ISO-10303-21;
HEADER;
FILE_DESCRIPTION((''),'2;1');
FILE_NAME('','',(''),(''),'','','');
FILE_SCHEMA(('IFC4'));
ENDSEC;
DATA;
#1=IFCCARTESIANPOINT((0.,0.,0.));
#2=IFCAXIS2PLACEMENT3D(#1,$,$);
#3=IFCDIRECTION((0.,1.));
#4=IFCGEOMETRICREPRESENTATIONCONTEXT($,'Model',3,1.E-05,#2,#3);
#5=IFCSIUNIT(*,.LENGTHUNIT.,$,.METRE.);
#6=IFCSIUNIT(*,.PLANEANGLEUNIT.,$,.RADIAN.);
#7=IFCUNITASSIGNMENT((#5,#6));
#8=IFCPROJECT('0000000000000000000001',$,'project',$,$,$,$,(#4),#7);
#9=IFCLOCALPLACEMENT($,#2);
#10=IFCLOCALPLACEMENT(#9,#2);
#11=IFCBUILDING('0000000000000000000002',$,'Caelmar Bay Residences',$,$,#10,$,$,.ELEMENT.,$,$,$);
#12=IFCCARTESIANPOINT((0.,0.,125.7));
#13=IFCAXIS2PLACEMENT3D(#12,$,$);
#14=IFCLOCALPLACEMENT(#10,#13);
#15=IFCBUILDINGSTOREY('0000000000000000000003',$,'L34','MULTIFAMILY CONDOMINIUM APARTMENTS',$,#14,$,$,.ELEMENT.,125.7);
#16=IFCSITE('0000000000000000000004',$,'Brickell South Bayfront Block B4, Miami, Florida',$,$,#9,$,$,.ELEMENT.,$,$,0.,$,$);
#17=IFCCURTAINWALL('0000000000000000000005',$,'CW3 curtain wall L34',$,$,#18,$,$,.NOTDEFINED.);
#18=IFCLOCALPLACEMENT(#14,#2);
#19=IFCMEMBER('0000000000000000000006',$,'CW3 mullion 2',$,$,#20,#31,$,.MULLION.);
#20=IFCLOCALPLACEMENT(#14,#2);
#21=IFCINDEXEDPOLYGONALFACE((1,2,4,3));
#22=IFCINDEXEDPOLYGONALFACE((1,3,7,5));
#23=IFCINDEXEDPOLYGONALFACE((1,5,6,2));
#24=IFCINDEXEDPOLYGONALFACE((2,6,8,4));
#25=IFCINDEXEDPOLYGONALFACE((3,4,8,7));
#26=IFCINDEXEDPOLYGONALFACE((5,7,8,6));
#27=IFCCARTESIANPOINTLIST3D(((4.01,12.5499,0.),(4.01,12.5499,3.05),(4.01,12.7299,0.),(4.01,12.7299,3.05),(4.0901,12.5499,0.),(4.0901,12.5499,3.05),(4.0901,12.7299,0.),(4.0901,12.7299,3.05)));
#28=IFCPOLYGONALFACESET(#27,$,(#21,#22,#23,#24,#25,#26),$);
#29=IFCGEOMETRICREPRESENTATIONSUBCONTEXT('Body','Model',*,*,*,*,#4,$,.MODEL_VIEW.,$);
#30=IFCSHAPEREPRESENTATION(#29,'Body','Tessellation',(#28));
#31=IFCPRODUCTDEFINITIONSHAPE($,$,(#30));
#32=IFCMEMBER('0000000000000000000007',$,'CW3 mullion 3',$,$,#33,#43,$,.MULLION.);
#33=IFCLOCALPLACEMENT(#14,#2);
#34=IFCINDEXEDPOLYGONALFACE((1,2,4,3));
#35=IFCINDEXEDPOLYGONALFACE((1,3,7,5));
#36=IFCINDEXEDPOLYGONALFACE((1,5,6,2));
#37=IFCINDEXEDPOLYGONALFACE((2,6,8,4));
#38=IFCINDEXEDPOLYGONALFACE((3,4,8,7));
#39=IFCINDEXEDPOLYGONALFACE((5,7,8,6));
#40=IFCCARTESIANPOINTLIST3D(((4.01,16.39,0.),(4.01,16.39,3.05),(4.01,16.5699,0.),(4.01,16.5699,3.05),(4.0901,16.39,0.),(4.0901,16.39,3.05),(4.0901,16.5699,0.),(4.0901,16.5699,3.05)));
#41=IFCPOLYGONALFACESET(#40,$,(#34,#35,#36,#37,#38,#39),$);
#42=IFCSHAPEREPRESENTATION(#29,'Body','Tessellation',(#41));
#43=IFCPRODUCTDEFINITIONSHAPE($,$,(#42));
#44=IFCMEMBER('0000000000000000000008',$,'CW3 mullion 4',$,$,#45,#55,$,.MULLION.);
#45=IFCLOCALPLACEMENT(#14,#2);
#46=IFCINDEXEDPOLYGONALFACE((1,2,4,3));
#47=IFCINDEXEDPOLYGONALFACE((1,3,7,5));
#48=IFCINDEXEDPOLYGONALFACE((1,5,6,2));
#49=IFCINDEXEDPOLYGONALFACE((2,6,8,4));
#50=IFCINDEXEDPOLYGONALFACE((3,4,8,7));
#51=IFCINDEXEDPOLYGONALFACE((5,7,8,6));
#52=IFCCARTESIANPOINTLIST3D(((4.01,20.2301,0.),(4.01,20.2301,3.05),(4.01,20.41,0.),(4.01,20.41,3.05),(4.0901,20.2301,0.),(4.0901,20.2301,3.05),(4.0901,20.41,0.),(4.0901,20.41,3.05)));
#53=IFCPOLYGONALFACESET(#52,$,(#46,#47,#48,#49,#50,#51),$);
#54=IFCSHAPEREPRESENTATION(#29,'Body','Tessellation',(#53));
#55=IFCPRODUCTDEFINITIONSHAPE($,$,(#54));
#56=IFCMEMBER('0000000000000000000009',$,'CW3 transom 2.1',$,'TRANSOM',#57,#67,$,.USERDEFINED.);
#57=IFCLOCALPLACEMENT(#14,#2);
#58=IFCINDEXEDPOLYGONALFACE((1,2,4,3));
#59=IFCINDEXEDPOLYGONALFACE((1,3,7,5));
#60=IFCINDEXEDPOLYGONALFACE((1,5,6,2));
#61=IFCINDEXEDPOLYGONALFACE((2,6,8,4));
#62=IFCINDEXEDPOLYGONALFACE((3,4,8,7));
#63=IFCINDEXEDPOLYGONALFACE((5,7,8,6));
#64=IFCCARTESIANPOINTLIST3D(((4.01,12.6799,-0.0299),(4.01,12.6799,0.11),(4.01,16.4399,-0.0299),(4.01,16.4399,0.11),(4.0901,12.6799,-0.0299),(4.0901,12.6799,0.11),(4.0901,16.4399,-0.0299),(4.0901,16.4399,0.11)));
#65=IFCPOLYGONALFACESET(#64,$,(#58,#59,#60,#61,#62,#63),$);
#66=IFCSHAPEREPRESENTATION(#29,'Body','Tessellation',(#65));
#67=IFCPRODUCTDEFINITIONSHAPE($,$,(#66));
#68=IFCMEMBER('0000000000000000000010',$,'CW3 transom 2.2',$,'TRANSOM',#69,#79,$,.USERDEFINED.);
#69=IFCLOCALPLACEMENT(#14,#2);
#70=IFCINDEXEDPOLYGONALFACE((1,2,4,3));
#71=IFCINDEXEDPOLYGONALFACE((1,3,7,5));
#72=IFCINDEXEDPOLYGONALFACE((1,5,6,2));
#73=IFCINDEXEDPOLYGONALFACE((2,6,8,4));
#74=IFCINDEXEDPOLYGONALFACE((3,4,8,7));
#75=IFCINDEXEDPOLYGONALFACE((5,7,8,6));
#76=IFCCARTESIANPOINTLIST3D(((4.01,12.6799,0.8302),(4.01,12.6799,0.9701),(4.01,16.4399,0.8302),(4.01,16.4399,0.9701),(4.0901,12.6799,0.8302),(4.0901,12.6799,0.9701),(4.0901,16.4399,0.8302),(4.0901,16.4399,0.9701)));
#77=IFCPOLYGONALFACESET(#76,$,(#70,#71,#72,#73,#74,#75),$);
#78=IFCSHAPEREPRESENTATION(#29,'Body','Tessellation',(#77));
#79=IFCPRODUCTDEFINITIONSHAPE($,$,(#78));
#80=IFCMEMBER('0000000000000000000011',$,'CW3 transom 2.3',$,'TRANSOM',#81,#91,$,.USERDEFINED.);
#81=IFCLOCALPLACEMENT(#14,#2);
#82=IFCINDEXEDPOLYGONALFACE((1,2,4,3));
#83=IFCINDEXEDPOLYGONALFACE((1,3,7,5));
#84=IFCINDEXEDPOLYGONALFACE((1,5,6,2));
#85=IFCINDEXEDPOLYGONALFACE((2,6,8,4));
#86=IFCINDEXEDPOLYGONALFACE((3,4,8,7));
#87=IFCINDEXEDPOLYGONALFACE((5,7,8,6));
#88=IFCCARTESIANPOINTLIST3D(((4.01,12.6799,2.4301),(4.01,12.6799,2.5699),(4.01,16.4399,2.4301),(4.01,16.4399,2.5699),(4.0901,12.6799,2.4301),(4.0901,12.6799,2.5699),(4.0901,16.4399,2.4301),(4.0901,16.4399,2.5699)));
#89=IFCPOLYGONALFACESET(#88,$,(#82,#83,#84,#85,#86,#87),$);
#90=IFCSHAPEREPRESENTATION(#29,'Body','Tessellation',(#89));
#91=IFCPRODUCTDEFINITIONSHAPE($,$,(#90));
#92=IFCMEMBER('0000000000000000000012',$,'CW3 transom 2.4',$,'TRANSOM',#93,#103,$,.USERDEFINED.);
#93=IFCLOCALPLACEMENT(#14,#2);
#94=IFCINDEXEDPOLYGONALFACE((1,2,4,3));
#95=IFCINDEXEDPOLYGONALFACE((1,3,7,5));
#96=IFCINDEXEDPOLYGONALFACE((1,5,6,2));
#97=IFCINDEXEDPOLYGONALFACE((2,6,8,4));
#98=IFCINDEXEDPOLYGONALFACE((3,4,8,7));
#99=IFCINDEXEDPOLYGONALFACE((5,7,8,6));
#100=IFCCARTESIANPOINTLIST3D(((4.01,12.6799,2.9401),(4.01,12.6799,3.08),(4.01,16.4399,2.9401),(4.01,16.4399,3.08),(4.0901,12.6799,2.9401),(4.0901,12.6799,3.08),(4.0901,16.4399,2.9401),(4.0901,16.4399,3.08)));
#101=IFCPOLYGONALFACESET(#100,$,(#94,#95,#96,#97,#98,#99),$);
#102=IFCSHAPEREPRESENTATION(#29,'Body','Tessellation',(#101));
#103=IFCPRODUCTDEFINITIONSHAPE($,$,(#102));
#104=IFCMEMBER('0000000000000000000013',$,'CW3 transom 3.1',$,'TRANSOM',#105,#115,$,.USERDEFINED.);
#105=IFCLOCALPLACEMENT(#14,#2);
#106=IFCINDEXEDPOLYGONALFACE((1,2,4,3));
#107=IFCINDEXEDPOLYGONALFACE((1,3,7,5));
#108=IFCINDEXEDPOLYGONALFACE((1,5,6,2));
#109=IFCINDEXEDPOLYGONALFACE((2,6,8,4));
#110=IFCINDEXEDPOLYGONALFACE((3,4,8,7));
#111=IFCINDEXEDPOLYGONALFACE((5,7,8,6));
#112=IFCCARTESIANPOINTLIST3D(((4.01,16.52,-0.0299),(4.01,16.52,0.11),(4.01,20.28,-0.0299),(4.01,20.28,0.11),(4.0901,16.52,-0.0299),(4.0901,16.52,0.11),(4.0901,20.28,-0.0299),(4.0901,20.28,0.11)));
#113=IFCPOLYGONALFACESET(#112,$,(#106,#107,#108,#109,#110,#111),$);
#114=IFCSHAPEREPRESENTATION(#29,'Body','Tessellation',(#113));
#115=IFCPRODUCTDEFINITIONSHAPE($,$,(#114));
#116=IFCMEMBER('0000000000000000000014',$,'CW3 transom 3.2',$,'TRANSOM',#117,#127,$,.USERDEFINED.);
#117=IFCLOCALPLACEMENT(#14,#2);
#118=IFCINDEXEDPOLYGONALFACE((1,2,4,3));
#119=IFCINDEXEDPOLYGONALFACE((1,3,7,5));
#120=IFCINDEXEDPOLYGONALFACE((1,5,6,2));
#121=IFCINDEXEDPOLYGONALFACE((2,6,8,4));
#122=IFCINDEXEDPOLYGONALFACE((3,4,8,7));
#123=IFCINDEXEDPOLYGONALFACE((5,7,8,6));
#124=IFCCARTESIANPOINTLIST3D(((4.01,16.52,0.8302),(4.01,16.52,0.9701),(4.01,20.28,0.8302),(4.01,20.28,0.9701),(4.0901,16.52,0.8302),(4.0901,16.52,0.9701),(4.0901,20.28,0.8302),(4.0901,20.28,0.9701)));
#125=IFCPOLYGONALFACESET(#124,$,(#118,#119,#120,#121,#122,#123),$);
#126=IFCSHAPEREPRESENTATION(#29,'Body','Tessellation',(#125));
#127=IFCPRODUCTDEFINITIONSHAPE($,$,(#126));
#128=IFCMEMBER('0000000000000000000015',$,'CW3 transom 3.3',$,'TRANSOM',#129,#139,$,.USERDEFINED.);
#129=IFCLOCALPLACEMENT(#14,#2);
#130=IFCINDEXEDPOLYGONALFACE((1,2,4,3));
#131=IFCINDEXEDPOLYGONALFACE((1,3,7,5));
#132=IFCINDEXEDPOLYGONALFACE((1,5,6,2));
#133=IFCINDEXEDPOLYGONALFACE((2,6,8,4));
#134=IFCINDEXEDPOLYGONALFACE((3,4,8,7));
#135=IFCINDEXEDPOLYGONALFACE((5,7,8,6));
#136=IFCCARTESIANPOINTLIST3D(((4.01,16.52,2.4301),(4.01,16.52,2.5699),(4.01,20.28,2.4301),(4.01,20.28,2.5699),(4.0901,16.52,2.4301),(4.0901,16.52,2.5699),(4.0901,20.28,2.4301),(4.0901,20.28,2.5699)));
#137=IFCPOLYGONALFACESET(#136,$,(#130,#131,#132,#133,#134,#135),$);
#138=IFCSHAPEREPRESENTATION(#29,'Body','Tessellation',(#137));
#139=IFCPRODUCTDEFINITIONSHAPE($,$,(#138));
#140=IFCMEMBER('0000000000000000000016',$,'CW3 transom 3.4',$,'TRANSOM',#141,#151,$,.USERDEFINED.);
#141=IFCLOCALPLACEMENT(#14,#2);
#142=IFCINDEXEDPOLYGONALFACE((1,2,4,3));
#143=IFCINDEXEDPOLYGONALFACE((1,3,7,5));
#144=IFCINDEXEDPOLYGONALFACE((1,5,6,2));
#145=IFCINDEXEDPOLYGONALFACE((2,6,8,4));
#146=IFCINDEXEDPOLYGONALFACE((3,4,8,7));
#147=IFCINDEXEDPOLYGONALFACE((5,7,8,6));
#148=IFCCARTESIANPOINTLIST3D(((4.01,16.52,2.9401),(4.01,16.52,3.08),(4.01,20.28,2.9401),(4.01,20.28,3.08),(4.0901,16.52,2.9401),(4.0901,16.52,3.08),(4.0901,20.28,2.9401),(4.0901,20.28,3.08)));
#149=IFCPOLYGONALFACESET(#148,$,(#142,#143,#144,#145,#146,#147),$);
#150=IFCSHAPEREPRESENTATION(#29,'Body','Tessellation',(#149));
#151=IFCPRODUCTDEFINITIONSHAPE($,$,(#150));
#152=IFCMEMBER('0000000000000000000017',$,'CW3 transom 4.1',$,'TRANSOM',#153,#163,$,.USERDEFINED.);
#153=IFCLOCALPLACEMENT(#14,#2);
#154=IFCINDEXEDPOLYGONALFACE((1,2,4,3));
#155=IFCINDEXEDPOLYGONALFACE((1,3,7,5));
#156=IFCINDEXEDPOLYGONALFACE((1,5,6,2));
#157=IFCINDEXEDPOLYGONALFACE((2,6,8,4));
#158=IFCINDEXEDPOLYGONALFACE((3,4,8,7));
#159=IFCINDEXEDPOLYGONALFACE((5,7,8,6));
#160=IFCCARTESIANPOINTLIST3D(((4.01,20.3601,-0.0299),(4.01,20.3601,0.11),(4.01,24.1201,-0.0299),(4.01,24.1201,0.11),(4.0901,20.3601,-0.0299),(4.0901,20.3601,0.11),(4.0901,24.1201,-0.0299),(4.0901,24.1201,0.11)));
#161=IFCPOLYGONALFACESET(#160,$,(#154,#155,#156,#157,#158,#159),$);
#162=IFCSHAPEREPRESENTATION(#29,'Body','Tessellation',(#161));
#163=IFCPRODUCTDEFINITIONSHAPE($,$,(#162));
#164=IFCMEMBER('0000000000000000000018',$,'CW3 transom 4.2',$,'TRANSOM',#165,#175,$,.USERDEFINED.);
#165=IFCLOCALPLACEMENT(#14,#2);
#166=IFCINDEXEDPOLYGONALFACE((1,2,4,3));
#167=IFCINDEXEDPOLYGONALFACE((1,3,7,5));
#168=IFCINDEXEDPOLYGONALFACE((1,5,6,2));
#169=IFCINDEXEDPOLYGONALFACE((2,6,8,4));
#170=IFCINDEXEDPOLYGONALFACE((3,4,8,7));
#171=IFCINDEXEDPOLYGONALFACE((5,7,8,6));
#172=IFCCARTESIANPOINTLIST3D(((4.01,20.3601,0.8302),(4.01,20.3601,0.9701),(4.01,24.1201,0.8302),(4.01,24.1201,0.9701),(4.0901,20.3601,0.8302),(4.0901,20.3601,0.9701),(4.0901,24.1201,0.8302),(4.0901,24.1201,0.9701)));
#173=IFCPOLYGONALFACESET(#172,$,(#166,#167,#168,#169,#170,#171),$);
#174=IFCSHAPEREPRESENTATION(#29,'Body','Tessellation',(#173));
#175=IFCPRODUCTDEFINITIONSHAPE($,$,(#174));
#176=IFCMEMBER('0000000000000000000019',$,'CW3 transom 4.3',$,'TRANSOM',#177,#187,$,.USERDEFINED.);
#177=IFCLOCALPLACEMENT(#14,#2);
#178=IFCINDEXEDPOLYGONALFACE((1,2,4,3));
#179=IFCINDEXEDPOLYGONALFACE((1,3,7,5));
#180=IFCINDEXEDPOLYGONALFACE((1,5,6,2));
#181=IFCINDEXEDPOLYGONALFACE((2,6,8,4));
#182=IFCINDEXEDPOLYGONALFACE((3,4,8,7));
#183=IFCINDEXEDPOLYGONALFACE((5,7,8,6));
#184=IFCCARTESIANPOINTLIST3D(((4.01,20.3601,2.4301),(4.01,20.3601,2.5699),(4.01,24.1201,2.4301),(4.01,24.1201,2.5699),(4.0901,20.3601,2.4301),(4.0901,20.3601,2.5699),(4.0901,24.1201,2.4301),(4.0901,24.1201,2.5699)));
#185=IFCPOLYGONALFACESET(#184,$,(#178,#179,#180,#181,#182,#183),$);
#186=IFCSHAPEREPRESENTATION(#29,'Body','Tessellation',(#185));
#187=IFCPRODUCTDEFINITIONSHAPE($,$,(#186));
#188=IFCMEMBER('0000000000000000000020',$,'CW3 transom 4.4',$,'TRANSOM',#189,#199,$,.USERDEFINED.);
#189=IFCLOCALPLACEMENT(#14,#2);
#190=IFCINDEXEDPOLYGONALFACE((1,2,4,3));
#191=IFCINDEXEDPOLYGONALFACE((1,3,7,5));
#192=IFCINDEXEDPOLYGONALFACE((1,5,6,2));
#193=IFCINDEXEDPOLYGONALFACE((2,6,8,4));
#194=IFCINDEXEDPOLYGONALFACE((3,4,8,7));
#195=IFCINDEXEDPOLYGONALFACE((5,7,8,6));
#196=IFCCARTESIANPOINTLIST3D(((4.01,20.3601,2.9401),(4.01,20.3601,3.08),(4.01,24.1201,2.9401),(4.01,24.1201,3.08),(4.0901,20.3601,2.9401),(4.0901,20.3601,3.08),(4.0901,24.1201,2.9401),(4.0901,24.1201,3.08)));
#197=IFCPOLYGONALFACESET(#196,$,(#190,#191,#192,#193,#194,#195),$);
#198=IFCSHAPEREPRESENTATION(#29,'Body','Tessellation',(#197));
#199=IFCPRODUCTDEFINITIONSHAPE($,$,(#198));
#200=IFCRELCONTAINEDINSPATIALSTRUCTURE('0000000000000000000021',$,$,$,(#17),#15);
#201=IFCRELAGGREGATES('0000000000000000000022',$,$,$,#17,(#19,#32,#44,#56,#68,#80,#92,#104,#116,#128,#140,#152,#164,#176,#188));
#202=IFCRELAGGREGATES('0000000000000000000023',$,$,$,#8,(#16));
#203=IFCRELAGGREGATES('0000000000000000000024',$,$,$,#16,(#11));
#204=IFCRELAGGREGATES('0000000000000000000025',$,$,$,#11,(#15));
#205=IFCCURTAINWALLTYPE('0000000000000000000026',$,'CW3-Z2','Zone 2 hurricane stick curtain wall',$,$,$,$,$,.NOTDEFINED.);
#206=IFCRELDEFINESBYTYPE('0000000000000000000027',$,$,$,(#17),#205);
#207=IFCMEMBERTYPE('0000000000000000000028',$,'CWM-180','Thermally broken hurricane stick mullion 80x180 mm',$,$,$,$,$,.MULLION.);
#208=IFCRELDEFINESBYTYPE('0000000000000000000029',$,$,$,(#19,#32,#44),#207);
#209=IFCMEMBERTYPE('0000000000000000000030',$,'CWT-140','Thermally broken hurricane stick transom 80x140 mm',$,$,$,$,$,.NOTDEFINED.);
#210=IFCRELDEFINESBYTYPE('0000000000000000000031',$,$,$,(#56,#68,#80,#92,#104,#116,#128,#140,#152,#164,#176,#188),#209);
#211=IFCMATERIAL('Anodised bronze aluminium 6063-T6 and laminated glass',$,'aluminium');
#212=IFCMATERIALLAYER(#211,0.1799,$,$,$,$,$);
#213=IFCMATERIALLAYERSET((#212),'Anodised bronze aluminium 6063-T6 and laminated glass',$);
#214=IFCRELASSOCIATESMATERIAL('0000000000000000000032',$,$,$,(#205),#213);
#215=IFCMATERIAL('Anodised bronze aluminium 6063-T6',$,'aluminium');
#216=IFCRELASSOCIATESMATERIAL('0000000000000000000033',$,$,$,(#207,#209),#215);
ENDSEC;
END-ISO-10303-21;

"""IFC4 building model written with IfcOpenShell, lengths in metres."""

from ifc_helpers import new_model, si_unit, direction, frame, origin, origin_2d, place, context, subcontext, project, spatial, rectangle, extrude, material, layer, layer_set, material_profile, profile_set, type_object, element, aggregate, save


model = new_model("IFC4")

# Units and contexts
model_context = context("Model", 3, precision=1e-05, world=origin(), true_north=direction((0.0, 1.0)))
body_context = subcontext(model_context, "Body", "Model", "MODEL_VIEW")
ifc_project = project(units=[si_unit("LENGTHUNIT", "METRE"), si_unit("PLANEANGLEUNIT", "RADIAN")], contexts=[model_context])

# Site, building, storey
site_placement = place(None, origin())
site = spatial("IfcSite", under=ifc_project, at=site_placement, Name="Brickell South Bayfront Block B4, Miami, Florida", CompositionType="ELEMENT", RefElevation=0.0)
building_placement = place(site_placement, origin())
building = spatial("IfcBuilding", under=site, at=building_placement, Name="Caelmar Bay Residences", CompositionType="ELEMENT")
storey_placement = place(building_placement, frame((0.0, 0.0, 125.7)))
storey = spatial("IfcBuildingStorey", under=building, at=storey_placement, Name="L34", Description="MULTIFAMILY CONDOMINIUM APARTMENTS", CompositionType="ELEMENT", Elevation=125.7)

# Curtain wall, members
ifc_material_1 = material(Name="Anodised bronze aluminium 6063-T6 and laminated glass", Category="aluminium")
ifc_layer_1 = layer(ifc_material_1, 0.1799)
ifc_layer_set_1 = layer_set([ifc_layer_1], Name="Anodised bronze aluminium 6063-T6 and laminated glass")
curtain_wall_type = type_object("IfcCurtainWallType", Name="CW3-Z2", Description="Zone 2 hurricane stick curtain wall", PredefinedType="NOTDEFINED", material=ifc_layer_set_1)
curtain_wall_placement = place(storey_placement, origin())
curtain_wall = element("IfcCurtainWall", 1, at=curtain_wall_placement, inside=storey, type_object=curtain_wall_type, Name="CW3 curtain wall L34", PredefinedType="NOTDEFINED")
ifc_material_2 = material(Name="Anodised bronze aluminium 6063-T6", Category="aluminium")
ifc_material_profile_1 = material_profile(ifc_material_2, rectangle(XDim=0.0801, YDim=0.1799, at=origin_2d()), Name="CWM-80X180")
ifc_profile_set_1 = profile_set([ifc_material_profile_1], Name="Anodised bronze aluminium 6063-T6")
member_type_1 = type_object("IfcMemberType", Name="CWM-180", Description="Thermally broken hurricane stick mullion 80x180 mm", PredefinedType="MULLION", material=ifc_profile_set_1)
member_1_placement = place(storey_placement, frame((4.05, 12.6399, 0.0), z_axis=(0.0, 0.0, 1.0), x_axis=(-1.0, 0.0, 0.0)))
member_1 = element("IfcMember", 2, at=member_1_placement, type_object=member_type_1, Name="CW3 mullion 2", PredefinedType="MULLION", context=body_context, shape_type="SweptSolid", body=[
    extrude(rectangle(XDim=0.0801, YDim=0.1799, at=origin_2d()), origin(), (0.0, 0.0, 1.0), 3.05),
])
member_2_placement = place(storey_placement, frame((4.05, 16.48, 0.0), z_axis=(0.0, 0.0, 1.0), x_axis=(-1.0, 0.0, 0.0)))
member_2 = element("IfcMember", 3, at=member_2_placement, type_object=member_type_1, Name="CW3 mullion 3", PredefinedType="MULLION", context=body_context, shape_type="SweptSolid", body=[
    extrude(rectangle(XDim=0.0801, YDim=0.1799, at=origin_2d()), origin(), (0.0, 0.0, 1.0), 3.05),
])
member_3_placement = place(storey_placement, frame((4.05, 20.3201, 0.0), z_axis=(0.0, 0.0, 1.0), x_axis=(-1.0, 0.0, 0.0)))
member_3 = element("IfcMember", 4, at=member_3_placement, type_object=member_type_1, Name="CW3 mullion 4", PredefinedType="MULLION", context=body_context, shape_type="SweptSolid", body=[
    extrude(rectangle(XDim=0.0801, YDim=0.1799, at=origin_2d()), origin(), (0.0, 0.0, 1.0), 3.05),
])
ifc_material_profile_2 = material_profile(ifc_material_2, rectangle(XDim=0.0801, YDim=0.1399, at=origin_2d()), Name="CWT-80X140")
ifc_profile_set_2 = profile_set([ifc_material_profile_2], Name="Anodised bronze aluminium 6063-T6")
member_type_2 = type_object("IfcMemberType", Name="CWT-140", Description="Thermally broken hurricane stick transom 80x140 mm", PredefinedType="NOTDEFINED", material=ifc_profile_set_2)
member_4_placement = place(storey_placement, frame((4.05, 12.6799, 0.04), z_axis=(0.0, 1.0, 0.0), x_axis=(-1.0, 0.0, 0.0)))
member_4 = element("IfcMember", 5, at=member_4_placement, type_object=member_type_2, Name="CW3 transom 2.1", ObjectType="TRANSOM", PredefinedType="USERDEFINED", context=body_context, shape_type="SweptSolid", body=[
    extrude(rectangle(XDim=0.0801, YDim=0.1399, at=origin_2d()), origin(), (0.0, 0.0, 1.0), 3.76),
])
member_5_placement = place(storey_placement, frame((4.05, 12.6799, 0.9001), z_axis=(0.0, 1.0, 0.0), x_axis=(-1.0, 0.0, 0.0)))
member_5 = element("IfcMember", 6, at=member_5_placement, type_object=member_type_2, Name="CW3 transom 2.2", ObjectType="TRANSOM", PredefinedType="USERDEFINED", context=body_context, shape_type="SweptSolid", body=[
    extrude(rectangle(XDim=0.0801, YDim=0.1399, at=origin_2d()), origin(), (0.0, 0.0, 1.0), 3.76),
])
member_6_placement = place(storey_placement, frame((4.05, 12.6799, 2.5), z_axis=(0.0, 1.0, 0.0), x_axis=(-1.0, 0.0, 0.0)))
member_6 = element("IfcMember", 7, at=member_6_placement, type_object=member_type_2, Name="CW3 transom 2.3", ObjectType="TRANSOM", PredefinedType="USERDEFINED", context=body_context, shape_type="SweptSolid", body=[
    extrude(rectangle(XDim=0.0801, YDim=0.1399, at=origin_2d()), origin(), (0.0, 0.0, 1.0), 3.76),
])
member_7_placement = place(storey_placement, frame((4.05, 12.6799, 3.01), z_axis=(0.0, 1.0, 0.0), x_axis=(-1.0, 0.0, 0.0)))
member_7 = element("IfcMember", 8, at=member_7_placement, type_object=member_type_2, Name="CW3 transom 2.4", ObjectType="TRANSOM", PredefinedType="USERDEFINED", context=body_context, shape_type="SweptSolid", body=[
    extrude(rectangle(XDim=0.0801, YDim=0.1399, at=origin_2d()), origin(), (0.0, 0.0, 1.0), 3.76),
])
member_8_placement = place(storey_placement, frame((4.05, 16.52, 0.04), z_axis=(0.0, 1.0, 0.0), x_axis=(-1.0, 0.0, 0.0)))
member_8 = element("IfcMember", 9, at=member_8_placement, type_object=member_type_2, Name="CW3 transom 3.1", ObjectType="TRANSOM", PredefinedType="USERDEFINED", context=body_context, shape_type="SweptSolid", body=[
    extrude(rectangle(XDim=0.0801, YDim=0.1399, at=origin_2d()), origin(), (0.0, 0.0, 1.0), 3.76),
])
member_9_placement = place(storey_placement, frame((4.05, 16.52, 0.9001), z_axis=(0.0, 1.0, 0.0), x_axis=(-1.0, 0.0, 0.0)))
member_9 = element("IfcMember", 10, at=member_9_placement, type_object=member_type_2, Name="CW3 transom 3.2", ObjectType="TRANSOM", PredefinedType="USERDEFINED", context=body_context, shape_type="SweptSolid", body=[
    extrude(rectangle(XDim=0.0801, YDim=0.1399, at=origin_2d()), origin(), (0.0, 0.0, 1.0), 3.76),
])
member_10_placement = place(storey_placement, frame((4.05, 16.52, 2.5), z_axis=(0.0, 1.0, 0.0), x_axis=(-1.0, 0.0, 0.0)))
member_10 = element("IfcMember", 11, at=member_10_placement, type_object=member_type_2, Name="CW3 transom 3.3", ObjectType="TRANSOM", PredefinedType="USERDEFINED", context=body_context, shape_type="SweptSolid", body=[
    extrude(rectangle(XDim=0.0801, YDim=0.1399, at=origin_2d()), origin(), (0.0, 0.0, 1.0), 3.76),
])
member_11_placement = place(storey_placement, frame((4.05, 16.52, 3.01), z_axis=(0.0, 1.0, 0.0), x_axis=(-1.0, 0.0, 0.0)))
member_11 = element("IfcMember", 12, at=member_11_placement, type_object=member_type_2, Name="CW3 transom 3.4", ObjectType="TRANSOM", PredefinedType="USERDEFINED", context=body_context, shape_type="SweptSolid", body=[
    extrude(rectangle(XDim=0.0801, YDim=0.1399, at=origin_2d()), origin(), (0.0, 0.0, 1.0), 3.76),
])
member_12_placement = place(storey_placement, frame((4.05, 20.3601, 0.04), z_axis=(0.0, 1.0, 0.0), x_axis=(-1.0, 0.0, 0.0)))
member_12 = element("IfcMember", 13, at=member_12_placement, type_object=member_type_2, Name="CW3 transom 4.1", ObjectType="TRANSOM", PredefinedType="USERDEFINED", context=body_context, shape_type="SweptSolid", body=[
    extrude(rectangle(XDim=0.0801, YDim=0.1399, at=origin_2d()), origin(), (0.0, 0.0, 1.0), 3.76),
])
member_13_placement = place(storey_placement, frame((4.05, 20.3601, 0.9001), z_axis=(0.0, 1.0, 0.0), x_axis=(-1.0, 0.0, 0.0)))
member_13 = element("IfcMember", 14, at=member_13_placement, type_object=member_type_2, Name="CW3 transom 4.2", ObjectType="TRANSOM", PredefinedType="USERDEFINED", context=body_context, shape_type="SweptSolid", body=[
    extrude(rectangle(XDim=0.0801, YDim=0.1399, at=origin_2d()), origin(), (0.0, 0.0, 1.0), 3.76),
])
member_14_placement = place(storey_placement, frame((4.05, 20.3601, 2.5), z_axis=(0.0, 1.0, 0.0), x_axis=(-1.0, 0.0, 0.0)))
member_14 = element("IfcMember", 15, at=member_14_placement, type_object=member_type_2, Name="CW3 transom 4.3", ObjectType="TRANSOM", PredefinedType="USERDEFINED", context=body_context, shape_type="SweptSolid", body=[
    extrude(rectangle(XDim=0.0801, YDim=0.1399, at=origin_2d()), origin(), (0.0, 0.0, 1.0), 3.76),
])
member_15_placement = place(storey_placement, frame((4.05, 20.3601, 3.01), z_axis=(0.0, 1.0, 0.0), x_axis=(-1.0, 0.0, 0.0)))
member_15 = element("IfcMember", 16, at=member_15_placement, type_object=member_type_2, Name="CW3 transom 4.4", ObjectType="TRANSOM", PredefinedType="USERDEFINED", context=body_context, shape_type="SweptSolid", body=[
    extrude(rectangle(XDim=0.0801, YDim=0.1399, at=origin_2d()), origin(), (0.0, 0.0, 1.0), 3.76),
])
aggregate(curtain_wall, [member_1, member_2, member_3, member_4, member_5, member_6, member_7, member_8, member_9, member_10, member_11, member_12, member_13, member_14, member_15])

save(model, "model.ifc")
